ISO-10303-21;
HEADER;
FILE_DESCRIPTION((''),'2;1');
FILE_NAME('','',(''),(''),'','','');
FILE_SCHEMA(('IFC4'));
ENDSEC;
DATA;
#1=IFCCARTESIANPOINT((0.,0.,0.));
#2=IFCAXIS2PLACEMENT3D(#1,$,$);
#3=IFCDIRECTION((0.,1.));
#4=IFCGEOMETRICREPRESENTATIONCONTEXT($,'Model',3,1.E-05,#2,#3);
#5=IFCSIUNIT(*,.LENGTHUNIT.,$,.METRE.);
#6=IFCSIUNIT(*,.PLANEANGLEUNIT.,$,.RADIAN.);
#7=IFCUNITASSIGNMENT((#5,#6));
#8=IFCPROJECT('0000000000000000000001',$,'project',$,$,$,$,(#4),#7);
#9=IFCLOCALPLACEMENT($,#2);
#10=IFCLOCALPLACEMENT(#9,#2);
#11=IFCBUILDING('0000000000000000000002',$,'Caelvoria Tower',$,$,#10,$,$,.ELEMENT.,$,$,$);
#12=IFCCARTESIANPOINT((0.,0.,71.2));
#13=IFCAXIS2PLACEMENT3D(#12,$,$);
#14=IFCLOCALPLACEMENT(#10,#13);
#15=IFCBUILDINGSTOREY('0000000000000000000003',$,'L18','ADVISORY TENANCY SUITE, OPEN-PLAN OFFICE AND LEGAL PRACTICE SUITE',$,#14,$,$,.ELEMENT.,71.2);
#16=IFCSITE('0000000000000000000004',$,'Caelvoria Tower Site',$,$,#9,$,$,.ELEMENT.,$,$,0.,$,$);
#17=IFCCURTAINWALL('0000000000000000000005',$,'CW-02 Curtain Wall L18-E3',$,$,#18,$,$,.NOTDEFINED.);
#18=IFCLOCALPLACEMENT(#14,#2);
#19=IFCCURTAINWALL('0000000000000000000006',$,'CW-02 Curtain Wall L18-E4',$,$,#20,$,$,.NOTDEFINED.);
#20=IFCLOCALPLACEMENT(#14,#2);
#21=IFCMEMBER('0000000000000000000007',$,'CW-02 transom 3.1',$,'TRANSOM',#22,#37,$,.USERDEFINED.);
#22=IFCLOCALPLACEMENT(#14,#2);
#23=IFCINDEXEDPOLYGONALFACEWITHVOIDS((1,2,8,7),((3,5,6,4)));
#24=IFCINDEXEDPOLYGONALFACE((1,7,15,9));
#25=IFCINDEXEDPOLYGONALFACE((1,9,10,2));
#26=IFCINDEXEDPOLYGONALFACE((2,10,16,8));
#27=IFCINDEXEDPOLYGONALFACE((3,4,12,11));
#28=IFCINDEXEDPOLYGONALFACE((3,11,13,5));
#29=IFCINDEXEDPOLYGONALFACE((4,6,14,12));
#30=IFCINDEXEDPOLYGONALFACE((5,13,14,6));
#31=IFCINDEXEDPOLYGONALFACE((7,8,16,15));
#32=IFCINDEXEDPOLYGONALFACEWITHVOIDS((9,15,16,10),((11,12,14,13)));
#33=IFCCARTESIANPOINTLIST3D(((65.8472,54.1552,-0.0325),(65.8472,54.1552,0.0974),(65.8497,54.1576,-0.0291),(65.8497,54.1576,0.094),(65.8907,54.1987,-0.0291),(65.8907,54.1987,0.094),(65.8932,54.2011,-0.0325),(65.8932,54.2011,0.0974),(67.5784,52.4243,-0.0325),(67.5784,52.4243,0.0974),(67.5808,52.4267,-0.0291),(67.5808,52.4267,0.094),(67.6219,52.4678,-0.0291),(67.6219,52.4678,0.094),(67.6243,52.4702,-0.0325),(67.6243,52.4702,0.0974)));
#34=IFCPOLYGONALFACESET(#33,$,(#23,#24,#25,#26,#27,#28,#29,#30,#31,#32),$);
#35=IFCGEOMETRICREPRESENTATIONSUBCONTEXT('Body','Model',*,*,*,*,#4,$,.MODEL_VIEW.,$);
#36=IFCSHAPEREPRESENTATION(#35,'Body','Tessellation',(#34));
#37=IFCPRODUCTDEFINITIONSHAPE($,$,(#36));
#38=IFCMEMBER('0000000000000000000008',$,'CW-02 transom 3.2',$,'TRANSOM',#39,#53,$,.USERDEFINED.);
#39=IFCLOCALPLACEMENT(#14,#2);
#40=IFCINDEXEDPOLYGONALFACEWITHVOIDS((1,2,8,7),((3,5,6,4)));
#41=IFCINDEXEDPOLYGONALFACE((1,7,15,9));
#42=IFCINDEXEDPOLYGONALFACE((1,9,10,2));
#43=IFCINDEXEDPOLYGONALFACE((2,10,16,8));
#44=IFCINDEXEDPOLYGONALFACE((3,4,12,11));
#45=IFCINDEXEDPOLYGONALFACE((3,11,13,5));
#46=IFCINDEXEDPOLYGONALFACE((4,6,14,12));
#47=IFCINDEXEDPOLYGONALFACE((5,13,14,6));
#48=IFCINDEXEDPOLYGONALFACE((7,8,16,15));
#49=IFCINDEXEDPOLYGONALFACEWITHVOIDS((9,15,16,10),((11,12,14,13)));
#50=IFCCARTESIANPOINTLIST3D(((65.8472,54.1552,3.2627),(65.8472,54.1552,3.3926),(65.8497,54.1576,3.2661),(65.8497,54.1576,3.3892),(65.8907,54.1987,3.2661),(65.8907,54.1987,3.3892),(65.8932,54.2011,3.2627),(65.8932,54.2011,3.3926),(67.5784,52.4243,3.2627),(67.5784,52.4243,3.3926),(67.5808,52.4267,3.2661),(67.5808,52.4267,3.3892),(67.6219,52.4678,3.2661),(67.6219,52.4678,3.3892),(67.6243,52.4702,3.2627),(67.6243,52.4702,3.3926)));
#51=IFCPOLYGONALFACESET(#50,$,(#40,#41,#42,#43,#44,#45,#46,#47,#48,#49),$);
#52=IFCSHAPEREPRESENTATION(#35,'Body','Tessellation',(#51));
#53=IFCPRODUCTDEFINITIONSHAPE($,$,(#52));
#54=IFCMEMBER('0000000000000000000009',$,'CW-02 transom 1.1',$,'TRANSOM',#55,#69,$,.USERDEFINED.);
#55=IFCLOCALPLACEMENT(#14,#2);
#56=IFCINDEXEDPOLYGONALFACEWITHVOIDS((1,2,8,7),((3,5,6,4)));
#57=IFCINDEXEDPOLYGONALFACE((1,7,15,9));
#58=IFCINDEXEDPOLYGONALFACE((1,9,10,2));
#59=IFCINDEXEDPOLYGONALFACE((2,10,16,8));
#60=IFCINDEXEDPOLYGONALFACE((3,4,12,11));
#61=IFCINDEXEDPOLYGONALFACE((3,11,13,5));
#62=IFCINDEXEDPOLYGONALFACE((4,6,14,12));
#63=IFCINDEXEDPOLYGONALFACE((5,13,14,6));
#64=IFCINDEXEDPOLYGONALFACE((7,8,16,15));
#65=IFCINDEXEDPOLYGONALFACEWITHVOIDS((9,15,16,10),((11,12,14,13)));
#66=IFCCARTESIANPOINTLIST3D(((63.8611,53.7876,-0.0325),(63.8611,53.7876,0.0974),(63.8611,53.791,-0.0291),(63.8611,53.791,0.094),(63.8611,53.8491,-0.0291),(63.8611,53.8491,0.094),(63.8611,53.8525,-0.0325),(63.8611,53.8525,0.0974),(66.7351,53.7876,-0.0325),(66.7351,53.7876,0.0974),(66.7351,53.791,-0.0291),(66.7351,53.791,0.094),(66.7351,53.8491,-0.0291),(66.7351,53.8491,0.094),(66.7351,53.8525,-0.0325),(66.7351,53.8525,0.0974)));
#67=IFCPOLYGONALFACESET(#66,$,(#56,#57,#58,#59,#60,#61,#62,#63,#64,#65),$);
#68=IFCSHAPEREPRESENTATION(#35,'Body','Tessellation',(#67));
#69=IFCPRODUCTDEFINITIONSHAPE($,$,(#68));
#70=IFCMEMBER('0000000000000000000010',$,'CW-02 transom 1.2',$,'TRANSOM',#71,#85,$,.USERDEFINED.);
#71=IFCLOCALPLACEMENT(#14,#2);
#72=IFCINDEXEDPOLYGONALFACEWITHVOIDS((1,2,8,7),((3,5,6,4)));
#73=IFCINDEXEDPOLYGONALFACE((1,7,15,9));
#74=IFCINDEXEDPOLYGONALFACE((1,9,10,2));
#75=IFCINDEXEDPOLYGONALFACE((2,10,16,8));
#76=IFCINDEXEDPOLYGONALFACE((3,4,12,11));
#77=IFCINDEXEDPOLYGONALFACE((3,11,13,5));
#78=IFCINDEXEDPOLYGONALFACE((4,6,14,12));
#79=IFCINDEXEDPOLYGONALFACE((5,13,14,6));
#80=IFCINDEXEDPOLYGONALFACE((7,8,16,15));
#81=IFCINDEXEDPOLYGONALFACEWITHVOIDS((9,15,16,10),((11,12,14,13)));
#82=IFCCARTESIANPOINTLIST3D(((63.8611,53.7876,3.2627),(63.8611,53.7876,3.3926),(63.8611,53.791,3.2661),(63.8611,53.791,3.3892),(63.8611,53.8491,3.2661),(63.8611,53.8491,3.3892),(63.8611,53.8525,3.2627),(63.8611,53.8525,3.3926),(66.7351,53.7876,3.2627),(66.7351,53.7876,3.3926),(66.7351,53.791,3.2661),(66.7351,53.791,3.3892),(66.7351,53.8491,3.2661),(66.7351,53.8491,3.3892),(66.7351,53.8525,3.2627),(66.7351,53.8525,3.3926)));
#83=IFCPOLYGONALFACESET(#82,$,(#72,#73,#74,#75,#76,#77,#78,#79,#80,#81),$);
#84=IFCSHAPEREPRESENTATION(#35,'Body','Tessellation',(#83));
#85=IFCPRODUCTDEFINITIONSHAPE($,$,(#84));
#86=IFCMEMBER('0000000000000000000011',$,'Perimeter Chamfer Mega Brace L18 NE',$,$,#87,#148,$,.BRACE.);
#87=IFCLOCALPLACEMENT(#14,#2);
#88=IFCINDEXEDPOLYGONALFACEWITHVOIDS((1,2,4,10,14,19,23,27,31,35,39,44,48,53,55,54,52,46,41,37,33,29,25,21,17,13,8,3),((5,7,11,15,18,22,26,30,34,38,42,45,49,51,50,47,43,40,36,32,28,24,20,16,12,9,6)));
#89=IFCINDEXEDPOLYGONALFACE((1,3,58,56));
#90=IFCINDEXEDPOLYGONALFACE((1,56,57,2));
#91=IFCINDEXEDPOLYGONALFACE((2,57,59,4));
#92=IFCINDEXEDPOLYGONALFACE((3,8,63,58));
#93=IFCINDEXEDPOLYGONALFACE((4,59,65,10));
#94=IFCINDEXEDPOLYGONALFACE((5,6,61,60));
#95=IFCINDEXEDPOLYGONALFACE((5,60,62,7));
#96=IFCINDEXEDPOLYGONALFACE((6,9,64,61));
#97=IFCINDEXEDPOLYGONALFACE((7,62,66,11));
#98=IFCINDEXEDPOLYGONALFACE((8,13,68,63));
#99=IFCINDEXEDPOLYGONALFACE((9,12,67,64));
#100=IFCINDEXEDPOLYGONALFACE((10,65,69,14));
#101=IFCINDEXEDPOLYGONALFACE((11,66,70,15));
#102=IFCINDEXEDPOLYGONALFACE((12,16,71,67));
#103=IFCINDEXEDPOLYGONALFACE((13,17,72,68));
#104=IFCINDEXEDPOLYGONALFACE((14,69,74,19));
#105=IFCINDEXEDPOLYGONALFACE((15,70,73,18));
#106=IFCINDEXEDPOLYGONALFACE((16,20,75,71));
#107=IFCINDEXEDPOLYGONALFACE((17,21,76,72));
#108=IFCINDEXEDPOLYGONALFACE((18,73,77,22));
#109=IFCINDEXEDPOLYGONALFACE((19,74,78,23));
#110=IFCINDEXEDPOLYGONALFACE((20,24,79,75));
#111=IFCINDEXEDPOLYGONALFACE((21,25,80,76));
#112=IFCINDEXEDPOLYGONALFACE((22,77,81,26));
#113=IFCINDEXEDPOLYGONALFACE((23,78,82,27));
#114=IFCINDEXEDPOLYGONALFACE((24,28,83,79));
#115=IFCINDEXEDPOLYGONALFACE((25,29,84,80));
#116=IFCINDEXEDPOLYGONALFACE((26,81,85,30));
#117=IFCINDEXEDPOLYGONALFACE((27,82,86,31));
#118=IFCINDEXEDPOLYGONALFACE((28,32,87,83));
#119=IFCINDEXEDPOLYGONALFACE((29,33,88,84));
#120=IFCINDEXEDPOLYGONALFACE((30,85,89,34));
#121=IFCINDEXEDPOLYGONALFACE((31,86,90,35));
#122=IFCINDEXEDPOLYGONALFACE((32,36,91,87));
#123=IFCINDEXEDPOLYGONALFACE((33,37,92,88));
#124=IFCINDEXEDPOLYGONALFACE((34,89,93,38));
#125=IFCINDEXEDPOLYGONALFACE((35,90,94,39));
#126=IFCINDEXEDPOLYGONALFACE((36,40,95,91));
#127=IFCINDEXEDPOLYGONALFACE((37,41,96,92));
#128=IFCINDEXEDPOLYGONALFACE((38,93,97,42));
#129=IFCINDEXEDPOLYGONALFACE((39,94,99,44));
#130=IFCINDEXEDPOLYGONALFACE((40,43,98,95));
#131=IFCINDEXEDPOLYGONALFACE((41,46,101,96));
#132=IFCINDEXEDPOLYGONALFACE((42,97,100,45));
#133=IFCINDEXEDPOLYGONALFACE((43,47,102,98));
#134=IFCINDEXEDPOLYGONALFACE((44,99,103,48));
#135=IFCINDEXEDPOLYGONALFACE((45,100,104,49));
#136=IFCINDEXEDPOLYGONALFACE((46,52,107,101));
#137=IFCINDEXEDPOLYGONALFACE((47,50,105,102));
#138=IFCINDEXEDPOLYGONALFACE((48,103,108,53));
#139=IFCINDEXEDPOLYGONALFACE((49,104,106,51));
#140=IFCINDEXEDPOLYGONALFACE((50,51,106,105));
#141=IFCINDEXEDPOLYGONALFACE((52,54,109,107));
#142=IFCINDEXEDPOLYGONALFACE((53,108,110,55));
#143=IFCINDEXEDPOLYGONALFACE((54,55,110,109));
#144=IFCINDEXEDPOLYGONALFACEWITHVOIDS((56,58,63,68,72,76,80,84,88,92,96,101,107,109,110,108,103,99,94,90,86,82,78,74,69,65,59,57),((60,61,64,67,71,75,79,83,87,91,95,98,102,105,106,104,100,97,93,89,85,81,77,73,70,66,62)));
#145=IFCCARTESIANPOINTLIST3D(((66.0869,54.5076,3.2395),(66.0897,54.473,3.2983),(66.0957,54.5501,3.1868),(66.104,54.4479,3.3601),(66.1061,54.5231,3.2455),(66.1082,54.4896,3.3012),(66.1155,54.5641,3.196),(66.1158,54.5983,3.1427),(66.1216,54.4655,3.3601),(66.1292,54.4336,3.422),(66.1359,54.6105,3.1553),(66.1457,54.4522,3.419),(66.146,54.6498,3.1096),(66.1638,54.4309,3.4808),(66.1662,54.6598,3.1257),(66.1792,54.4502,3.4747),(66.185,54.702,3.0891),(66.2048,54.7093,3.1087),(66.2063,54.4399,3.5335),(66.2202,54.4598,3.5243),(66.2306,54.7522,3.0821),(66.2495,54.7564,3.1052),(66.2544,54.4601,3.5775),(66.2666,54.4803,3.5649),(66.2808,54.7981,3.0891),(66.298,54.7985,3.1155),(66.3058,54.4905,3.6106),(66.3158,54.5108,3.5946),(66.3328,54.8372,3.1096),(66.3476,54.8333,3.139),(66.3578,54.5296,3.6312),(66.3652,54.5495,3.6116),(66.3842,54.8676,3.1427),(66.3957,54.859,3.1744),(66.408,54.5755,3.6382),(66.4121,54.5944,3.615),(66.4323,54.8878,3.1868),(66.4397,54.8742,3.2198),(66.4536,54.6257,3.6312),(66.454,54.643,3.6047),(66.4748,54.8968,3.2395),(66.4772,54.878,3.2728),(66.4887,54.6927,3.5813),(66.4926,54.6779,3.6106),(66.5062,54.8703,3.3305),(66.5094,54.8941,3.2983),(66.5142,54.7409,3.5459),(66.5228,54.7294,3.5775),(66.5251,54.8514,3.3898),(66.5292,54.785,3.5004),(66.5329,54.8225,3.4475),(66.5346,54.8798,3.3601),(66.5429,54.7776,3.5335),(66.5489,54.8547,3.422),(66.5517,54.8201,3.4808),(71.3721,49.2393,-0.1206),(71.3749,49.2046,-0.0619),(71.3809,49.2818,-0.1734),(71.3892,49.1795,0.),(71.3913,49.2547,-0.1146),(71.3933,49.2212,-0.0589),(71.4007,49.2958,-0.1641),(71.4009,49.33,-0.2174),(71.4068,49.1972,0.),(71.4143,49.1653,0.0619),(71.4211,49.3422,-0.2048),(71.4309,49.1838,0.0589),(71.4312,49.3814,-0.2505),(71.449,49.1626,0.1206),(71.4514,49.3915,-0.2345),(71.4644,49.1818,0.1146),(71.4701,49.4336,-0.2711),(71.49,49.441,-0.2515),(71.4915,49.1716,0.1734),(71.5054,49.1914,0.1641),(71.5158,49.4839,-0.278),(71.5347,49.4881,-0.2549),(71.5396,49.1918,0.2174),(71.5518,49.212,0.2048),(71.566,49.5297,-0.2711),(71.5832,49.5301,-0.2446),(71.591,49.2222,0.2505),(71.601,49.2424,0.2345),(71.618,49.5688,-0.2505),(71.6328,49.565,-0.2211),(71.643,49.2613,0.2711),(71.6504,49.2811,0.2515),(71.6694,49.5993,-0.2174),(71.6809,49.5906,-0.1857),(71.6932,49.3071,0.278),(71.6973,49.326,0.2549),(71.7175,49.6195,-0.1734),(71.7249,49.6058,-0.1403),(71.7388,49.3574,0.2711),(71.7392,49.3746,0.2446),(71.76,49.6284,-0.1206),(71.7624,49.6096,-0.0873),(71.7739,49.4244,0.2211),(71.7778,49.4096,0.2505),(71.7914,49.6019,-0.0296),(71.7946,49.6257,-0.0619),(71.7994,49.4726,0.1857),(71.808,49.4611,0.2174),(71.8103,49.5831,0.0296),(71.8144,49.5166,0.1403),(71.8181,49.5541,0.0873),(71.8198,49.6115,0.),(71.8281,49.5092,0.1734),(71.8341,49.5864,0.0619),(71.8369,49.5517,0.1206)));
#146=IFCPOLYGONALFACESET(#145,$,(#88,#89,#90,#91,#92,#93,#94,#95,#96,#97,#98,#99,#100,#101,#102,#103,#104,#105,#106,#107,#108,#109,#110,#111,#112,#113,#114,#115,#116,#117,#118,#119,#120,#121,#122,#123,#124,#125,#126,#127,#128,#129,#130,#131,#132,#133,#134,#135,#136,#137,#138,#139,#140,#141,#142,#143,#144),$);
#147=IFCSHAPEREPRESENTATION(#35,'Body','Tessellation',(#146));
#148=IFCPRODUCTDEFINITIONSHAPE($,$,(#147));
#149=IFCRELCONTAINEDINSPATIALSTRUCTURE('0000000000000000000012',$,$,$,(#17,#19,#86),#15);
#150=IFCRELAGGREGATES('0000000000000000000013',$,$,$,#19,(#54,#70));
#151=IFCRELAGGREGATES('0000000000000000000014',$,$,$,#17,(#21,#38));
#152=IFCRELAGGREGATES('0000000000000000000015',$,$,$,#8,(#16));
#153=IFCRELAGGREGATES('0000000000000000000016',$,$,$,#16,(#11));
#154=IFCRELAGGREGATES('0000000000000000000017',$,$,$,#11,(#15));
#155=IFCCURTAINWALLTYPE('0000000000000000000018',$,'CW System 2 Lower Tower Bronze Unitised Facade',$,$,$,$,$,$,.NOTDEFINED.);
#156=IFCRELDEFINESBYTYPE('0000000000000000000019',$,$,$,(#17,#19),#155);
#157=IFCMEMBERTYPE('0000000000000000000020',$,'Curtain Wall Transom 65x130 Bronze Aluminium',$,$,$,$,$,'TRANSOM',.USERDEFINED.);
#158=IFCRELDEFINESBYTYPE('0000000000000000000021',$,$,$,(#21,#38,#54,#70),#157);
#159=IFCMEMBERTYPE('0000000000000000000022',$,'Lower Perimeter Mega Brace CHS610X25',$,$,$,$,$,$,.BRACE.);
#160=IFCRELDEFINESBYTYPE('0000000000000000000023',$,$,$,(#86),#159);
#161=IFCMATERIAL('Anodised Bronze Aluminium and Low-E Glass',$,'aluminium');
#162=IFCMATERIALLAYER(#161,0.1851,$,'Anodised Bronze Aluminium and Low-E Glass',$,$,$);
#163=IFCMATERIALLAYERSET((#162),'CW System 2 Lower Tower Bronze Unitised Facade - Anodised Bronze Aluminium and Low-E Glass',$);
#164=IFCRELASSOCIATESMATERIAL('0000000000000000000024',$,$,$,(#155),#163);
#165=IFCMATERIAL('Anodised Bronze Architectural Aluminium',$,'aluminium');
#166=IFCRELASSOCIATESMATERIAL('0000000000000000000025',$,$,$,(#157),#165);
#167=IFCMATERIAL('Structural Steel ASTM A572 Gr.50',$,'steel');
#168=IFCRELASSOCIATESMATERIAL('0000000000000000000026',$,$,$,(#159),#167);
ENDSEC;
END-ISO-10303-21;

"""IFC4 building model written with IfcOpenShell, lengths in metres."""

from ifc_helpers import new_model, si_unit, direction, frame, origin, origin_2d, place, context, subcontext, project, spatial, hollow_rectangle, hollow_circle, extrude, material, layer, layer_set, material_profile, profile_set, type_object, element, aggregate, save


model = new_model("IFC4")

# Units and contexts
model_context = context("Model", 3, precision=1e-05, world=origin(), true_north=direction((0.0, 1.0)))
body_context = subcontext(model_context, "Body", "Model", "MODEL_VIEW")
ifc_project = project(units=[si_unit("LENGTHUNIT", "METRE"), si_unit("PLANEANGLEUNIT", "RADIAN")], contexts=[model_context])

# Site, building, storey
site_placement = place(None, origin())
site = spatial("IfcSite", under=ifc_project, at=site_placement, Name="Caelvoria Tower Site", CompositionType="ELEMENT", RefElevation=0.0)
building_placement = place(site_placement, origin())
building = spatial("IfcBuilding", under=site, at=building_placement, Name="Caelvoria Tower", CompositionType="ELEMENT")
storey_placement = place(building_placement, frame((0.0, 0.0, 71.2)))
storey = spatial("IfcBuildingStorey", under=building, at=storey_placement, Name="L18", Description="ADVISORY TENANCY SUITE, OPEN-PLAN OFFICE AND LEGAL PRACTICE SUITE", CompositionType="ELEMENT", Elevation=71.2)

# Shared definitions
ifc_material_1 = material(Name="Structural Steel ASTM A572 Gr.50", Category="steel")

# Shared definitions
ifc_material_2 = material(Name="Anodised Bronze Aluminium and Low-E Glass", Category="aluminium")
ifc_layer_1 = layer(ifc_material_2, 0.1851, Name="Anodised Bronze Aluminium and Low-E Glass")
ifc_layer_set_1 = layer_set([ifc_layer_1], Name="CW System 2 Lower Tower Bronze Unitised Facade - Anodised Bronze Aluminium and Low-E Glass")
curtain_wall_type = type_object("IfcCurtainWallType", Name="CW System 2 Lower Tower Bronze Unitised Facade", PredefinedType="NOTDEFINED", material=ifc_layer_set_1)
ifc_material_3 = material(Name="Anodised Bronze Architectural Aluminium", Category="aluminium")

# Curtain wall
curtain_wall_1_placement = place(storey_placement, origin())
curtain_wall_1 = element("IfcCurtainWall", 1, at=curtain_wall_1_placement, inside=storey, type_object=curtain_wall_type, Name="CW-02 Curtain Wall L18-E3", PredefinedType="NOTDEFINED")

# Curtain wall
curtain_wall_2_placement = place(storey_placement, origin())
curtain_wall_2 = element("IfcCurtainWall", 2, at=curtain_wall_2_placement, inside=storey, type_object=curtain_wall_type, Name="CW-02 Curtain Wall L18-E4", PredefinedType="NOTDEFINED")

# Members
ifc_material_profile_1 = material_profile(ifc_material_3, hollow_rectangle(XDim=0.0649, YDim=0.1299, WallThickness=0.0034, at=origin_2d()), Name="Anodised Bronze Architectural Aluminium")
ifc_profile_set_1 = profile_set([ifc_material_profile_1], Name="CW_TRAN_65X130 - Anodised Bronze Architectural Aluminium")
member_type_1 = type_object("IfcMemberType", Name="Curtain Wall Transom 65x130 Bronze Aluminium", ElementType="TRANSOM", PredefinedType="USERDEFINED", material=ifc_profile_set_1)
member_1_placement = place(storey_placement, frame((67.6013, 52.4473, 0.0325), z_axis=(-0.707157, 0.707057, 0.0), x_axis=(-0.707057, -0.707157, 0.0)))
member_1 = element("IfcMember", 3, at=member_1_placement, type_object=member_type_1, Name="CW-02 transom 3.1", ObjectType="TRANSOM", PredefinedType="USERDEFINED", context=body_context, shape_type="SweptSolid", body=[
    extrude(hollow_rectangle(XDim=0.0649, YDim=0.1299, WallThickness=0.0034, at=origin_2d()), origin(), (0.0, 0.0, 1.0), 2.448),
])
member_2_placement = place(storey_placement, frame((67.6013, 52.4473, 3.3276), z_axis=(-0.707157, 0.707057, 0.0), x_axis=(-0.707057, -0.707157, 0.0)))
member_2 = element("IfcMember", 4, at=member_2_placement, type_object=member_type_1, Name="CW-02 transom 3.2", ObjectType="TRANSOM", PredefinedType="USERDEFINED", context=body_context, shape_type="SweptSolid", body=[
    extrude(hollow_rectangle(XDim=0.0649, YDim=0.1299, WallThickness=0.0034, at=origin_2d()), origin(), (0.0, 0.0, 1.0), 2.448),
])
member_3_placement = place(storey_placement, frame((66.7351, 53.8201, 0.0325), z_axis=(-1.0, 0.0, 0.0), x_axis=(0.0, -1.0, 0.0)))
member_3 = element("IfcMember", 5, at=member_3_placement, type_object=member_type_1, Name="CW-02 transom 1.1", ObjectType="TRANSOM", PredefinedType="USERDEFINED", context=body_context, shape_type="SweptSolid", body=[
    extrude(hollow_rectangle(XDim=0.0649, YDim=0.1299, WallThickness=0.0034, at=origin_2d()), origin(), (0.0, 0.0, 1.0), 2.874),
])
member_4_placement = place(storey_placement, frame((66.7351, 53.8201, 3.3276), z_axis=(-1.0, 0.0, 0.0), x_axis=(0.0, -1.0, 0.0)))
member_4 = element("IfcMember", 6, at=member_4_placement, type_object=member_type_1, Name="CW-02 transom 1.2", ObjectType="TRANSOM", PredefinedType="USERDEFINED", context=body_context, shape_type="SweptSolid", body=[
    extrude(hollow_rectangle(XDim=0.0649, YDim=0.1299, WallThickness=0.0034, at=origin_2d()), origin(), (0.0, 0.0, 1.0), 2.874),
])
aggregate(curtain_wall_2, [member_3, member_4])

# Member
ifc_material_profile_2 = material_profile(ifc_material_1, hollow_circle(Radius=0.3049, WallThickness=0.0249, at=origin_2d()), Name="Structural Steel ASTM A572 Gr.50")
ifc_profile_set_2 = profile_set([ifc_material_profile_2], Name="CHS610X25 - Structural Steel ASTM A572 Gr.50")
member_type_2 = type_object("IfcMemberType", Name="Lower Perimeter Mega Brace CHS610X25", PredefinedType="BRACE", material=ifc_profile_set_2)
member_5_placement = place(storey_placement, frame((71.6045, 49.3955, 0.0), z_axis=(-0.645789, 0.643731, 0.410569), x_axis=(-0.705977, -0.708235, 0.0)))
element("IfcMember", 7, at=member_5_placement, inside=storey, type_object=member_type_2, Name="Perimeter Chamfer Mega Brace L18 NE", PredefinedType="BRACE", context=body_context, shape_type="SweptSolid", body=[
    extrude(hollow_circle(Radius=0.3049, WallThickness=0.0249, at=origin_2d()), origin(), (0.0, 0.0, 1.0), 8.1841),
])

aggregate(curtain_wall_1, [member_1, member_2])

save(model, "model.ifc")
